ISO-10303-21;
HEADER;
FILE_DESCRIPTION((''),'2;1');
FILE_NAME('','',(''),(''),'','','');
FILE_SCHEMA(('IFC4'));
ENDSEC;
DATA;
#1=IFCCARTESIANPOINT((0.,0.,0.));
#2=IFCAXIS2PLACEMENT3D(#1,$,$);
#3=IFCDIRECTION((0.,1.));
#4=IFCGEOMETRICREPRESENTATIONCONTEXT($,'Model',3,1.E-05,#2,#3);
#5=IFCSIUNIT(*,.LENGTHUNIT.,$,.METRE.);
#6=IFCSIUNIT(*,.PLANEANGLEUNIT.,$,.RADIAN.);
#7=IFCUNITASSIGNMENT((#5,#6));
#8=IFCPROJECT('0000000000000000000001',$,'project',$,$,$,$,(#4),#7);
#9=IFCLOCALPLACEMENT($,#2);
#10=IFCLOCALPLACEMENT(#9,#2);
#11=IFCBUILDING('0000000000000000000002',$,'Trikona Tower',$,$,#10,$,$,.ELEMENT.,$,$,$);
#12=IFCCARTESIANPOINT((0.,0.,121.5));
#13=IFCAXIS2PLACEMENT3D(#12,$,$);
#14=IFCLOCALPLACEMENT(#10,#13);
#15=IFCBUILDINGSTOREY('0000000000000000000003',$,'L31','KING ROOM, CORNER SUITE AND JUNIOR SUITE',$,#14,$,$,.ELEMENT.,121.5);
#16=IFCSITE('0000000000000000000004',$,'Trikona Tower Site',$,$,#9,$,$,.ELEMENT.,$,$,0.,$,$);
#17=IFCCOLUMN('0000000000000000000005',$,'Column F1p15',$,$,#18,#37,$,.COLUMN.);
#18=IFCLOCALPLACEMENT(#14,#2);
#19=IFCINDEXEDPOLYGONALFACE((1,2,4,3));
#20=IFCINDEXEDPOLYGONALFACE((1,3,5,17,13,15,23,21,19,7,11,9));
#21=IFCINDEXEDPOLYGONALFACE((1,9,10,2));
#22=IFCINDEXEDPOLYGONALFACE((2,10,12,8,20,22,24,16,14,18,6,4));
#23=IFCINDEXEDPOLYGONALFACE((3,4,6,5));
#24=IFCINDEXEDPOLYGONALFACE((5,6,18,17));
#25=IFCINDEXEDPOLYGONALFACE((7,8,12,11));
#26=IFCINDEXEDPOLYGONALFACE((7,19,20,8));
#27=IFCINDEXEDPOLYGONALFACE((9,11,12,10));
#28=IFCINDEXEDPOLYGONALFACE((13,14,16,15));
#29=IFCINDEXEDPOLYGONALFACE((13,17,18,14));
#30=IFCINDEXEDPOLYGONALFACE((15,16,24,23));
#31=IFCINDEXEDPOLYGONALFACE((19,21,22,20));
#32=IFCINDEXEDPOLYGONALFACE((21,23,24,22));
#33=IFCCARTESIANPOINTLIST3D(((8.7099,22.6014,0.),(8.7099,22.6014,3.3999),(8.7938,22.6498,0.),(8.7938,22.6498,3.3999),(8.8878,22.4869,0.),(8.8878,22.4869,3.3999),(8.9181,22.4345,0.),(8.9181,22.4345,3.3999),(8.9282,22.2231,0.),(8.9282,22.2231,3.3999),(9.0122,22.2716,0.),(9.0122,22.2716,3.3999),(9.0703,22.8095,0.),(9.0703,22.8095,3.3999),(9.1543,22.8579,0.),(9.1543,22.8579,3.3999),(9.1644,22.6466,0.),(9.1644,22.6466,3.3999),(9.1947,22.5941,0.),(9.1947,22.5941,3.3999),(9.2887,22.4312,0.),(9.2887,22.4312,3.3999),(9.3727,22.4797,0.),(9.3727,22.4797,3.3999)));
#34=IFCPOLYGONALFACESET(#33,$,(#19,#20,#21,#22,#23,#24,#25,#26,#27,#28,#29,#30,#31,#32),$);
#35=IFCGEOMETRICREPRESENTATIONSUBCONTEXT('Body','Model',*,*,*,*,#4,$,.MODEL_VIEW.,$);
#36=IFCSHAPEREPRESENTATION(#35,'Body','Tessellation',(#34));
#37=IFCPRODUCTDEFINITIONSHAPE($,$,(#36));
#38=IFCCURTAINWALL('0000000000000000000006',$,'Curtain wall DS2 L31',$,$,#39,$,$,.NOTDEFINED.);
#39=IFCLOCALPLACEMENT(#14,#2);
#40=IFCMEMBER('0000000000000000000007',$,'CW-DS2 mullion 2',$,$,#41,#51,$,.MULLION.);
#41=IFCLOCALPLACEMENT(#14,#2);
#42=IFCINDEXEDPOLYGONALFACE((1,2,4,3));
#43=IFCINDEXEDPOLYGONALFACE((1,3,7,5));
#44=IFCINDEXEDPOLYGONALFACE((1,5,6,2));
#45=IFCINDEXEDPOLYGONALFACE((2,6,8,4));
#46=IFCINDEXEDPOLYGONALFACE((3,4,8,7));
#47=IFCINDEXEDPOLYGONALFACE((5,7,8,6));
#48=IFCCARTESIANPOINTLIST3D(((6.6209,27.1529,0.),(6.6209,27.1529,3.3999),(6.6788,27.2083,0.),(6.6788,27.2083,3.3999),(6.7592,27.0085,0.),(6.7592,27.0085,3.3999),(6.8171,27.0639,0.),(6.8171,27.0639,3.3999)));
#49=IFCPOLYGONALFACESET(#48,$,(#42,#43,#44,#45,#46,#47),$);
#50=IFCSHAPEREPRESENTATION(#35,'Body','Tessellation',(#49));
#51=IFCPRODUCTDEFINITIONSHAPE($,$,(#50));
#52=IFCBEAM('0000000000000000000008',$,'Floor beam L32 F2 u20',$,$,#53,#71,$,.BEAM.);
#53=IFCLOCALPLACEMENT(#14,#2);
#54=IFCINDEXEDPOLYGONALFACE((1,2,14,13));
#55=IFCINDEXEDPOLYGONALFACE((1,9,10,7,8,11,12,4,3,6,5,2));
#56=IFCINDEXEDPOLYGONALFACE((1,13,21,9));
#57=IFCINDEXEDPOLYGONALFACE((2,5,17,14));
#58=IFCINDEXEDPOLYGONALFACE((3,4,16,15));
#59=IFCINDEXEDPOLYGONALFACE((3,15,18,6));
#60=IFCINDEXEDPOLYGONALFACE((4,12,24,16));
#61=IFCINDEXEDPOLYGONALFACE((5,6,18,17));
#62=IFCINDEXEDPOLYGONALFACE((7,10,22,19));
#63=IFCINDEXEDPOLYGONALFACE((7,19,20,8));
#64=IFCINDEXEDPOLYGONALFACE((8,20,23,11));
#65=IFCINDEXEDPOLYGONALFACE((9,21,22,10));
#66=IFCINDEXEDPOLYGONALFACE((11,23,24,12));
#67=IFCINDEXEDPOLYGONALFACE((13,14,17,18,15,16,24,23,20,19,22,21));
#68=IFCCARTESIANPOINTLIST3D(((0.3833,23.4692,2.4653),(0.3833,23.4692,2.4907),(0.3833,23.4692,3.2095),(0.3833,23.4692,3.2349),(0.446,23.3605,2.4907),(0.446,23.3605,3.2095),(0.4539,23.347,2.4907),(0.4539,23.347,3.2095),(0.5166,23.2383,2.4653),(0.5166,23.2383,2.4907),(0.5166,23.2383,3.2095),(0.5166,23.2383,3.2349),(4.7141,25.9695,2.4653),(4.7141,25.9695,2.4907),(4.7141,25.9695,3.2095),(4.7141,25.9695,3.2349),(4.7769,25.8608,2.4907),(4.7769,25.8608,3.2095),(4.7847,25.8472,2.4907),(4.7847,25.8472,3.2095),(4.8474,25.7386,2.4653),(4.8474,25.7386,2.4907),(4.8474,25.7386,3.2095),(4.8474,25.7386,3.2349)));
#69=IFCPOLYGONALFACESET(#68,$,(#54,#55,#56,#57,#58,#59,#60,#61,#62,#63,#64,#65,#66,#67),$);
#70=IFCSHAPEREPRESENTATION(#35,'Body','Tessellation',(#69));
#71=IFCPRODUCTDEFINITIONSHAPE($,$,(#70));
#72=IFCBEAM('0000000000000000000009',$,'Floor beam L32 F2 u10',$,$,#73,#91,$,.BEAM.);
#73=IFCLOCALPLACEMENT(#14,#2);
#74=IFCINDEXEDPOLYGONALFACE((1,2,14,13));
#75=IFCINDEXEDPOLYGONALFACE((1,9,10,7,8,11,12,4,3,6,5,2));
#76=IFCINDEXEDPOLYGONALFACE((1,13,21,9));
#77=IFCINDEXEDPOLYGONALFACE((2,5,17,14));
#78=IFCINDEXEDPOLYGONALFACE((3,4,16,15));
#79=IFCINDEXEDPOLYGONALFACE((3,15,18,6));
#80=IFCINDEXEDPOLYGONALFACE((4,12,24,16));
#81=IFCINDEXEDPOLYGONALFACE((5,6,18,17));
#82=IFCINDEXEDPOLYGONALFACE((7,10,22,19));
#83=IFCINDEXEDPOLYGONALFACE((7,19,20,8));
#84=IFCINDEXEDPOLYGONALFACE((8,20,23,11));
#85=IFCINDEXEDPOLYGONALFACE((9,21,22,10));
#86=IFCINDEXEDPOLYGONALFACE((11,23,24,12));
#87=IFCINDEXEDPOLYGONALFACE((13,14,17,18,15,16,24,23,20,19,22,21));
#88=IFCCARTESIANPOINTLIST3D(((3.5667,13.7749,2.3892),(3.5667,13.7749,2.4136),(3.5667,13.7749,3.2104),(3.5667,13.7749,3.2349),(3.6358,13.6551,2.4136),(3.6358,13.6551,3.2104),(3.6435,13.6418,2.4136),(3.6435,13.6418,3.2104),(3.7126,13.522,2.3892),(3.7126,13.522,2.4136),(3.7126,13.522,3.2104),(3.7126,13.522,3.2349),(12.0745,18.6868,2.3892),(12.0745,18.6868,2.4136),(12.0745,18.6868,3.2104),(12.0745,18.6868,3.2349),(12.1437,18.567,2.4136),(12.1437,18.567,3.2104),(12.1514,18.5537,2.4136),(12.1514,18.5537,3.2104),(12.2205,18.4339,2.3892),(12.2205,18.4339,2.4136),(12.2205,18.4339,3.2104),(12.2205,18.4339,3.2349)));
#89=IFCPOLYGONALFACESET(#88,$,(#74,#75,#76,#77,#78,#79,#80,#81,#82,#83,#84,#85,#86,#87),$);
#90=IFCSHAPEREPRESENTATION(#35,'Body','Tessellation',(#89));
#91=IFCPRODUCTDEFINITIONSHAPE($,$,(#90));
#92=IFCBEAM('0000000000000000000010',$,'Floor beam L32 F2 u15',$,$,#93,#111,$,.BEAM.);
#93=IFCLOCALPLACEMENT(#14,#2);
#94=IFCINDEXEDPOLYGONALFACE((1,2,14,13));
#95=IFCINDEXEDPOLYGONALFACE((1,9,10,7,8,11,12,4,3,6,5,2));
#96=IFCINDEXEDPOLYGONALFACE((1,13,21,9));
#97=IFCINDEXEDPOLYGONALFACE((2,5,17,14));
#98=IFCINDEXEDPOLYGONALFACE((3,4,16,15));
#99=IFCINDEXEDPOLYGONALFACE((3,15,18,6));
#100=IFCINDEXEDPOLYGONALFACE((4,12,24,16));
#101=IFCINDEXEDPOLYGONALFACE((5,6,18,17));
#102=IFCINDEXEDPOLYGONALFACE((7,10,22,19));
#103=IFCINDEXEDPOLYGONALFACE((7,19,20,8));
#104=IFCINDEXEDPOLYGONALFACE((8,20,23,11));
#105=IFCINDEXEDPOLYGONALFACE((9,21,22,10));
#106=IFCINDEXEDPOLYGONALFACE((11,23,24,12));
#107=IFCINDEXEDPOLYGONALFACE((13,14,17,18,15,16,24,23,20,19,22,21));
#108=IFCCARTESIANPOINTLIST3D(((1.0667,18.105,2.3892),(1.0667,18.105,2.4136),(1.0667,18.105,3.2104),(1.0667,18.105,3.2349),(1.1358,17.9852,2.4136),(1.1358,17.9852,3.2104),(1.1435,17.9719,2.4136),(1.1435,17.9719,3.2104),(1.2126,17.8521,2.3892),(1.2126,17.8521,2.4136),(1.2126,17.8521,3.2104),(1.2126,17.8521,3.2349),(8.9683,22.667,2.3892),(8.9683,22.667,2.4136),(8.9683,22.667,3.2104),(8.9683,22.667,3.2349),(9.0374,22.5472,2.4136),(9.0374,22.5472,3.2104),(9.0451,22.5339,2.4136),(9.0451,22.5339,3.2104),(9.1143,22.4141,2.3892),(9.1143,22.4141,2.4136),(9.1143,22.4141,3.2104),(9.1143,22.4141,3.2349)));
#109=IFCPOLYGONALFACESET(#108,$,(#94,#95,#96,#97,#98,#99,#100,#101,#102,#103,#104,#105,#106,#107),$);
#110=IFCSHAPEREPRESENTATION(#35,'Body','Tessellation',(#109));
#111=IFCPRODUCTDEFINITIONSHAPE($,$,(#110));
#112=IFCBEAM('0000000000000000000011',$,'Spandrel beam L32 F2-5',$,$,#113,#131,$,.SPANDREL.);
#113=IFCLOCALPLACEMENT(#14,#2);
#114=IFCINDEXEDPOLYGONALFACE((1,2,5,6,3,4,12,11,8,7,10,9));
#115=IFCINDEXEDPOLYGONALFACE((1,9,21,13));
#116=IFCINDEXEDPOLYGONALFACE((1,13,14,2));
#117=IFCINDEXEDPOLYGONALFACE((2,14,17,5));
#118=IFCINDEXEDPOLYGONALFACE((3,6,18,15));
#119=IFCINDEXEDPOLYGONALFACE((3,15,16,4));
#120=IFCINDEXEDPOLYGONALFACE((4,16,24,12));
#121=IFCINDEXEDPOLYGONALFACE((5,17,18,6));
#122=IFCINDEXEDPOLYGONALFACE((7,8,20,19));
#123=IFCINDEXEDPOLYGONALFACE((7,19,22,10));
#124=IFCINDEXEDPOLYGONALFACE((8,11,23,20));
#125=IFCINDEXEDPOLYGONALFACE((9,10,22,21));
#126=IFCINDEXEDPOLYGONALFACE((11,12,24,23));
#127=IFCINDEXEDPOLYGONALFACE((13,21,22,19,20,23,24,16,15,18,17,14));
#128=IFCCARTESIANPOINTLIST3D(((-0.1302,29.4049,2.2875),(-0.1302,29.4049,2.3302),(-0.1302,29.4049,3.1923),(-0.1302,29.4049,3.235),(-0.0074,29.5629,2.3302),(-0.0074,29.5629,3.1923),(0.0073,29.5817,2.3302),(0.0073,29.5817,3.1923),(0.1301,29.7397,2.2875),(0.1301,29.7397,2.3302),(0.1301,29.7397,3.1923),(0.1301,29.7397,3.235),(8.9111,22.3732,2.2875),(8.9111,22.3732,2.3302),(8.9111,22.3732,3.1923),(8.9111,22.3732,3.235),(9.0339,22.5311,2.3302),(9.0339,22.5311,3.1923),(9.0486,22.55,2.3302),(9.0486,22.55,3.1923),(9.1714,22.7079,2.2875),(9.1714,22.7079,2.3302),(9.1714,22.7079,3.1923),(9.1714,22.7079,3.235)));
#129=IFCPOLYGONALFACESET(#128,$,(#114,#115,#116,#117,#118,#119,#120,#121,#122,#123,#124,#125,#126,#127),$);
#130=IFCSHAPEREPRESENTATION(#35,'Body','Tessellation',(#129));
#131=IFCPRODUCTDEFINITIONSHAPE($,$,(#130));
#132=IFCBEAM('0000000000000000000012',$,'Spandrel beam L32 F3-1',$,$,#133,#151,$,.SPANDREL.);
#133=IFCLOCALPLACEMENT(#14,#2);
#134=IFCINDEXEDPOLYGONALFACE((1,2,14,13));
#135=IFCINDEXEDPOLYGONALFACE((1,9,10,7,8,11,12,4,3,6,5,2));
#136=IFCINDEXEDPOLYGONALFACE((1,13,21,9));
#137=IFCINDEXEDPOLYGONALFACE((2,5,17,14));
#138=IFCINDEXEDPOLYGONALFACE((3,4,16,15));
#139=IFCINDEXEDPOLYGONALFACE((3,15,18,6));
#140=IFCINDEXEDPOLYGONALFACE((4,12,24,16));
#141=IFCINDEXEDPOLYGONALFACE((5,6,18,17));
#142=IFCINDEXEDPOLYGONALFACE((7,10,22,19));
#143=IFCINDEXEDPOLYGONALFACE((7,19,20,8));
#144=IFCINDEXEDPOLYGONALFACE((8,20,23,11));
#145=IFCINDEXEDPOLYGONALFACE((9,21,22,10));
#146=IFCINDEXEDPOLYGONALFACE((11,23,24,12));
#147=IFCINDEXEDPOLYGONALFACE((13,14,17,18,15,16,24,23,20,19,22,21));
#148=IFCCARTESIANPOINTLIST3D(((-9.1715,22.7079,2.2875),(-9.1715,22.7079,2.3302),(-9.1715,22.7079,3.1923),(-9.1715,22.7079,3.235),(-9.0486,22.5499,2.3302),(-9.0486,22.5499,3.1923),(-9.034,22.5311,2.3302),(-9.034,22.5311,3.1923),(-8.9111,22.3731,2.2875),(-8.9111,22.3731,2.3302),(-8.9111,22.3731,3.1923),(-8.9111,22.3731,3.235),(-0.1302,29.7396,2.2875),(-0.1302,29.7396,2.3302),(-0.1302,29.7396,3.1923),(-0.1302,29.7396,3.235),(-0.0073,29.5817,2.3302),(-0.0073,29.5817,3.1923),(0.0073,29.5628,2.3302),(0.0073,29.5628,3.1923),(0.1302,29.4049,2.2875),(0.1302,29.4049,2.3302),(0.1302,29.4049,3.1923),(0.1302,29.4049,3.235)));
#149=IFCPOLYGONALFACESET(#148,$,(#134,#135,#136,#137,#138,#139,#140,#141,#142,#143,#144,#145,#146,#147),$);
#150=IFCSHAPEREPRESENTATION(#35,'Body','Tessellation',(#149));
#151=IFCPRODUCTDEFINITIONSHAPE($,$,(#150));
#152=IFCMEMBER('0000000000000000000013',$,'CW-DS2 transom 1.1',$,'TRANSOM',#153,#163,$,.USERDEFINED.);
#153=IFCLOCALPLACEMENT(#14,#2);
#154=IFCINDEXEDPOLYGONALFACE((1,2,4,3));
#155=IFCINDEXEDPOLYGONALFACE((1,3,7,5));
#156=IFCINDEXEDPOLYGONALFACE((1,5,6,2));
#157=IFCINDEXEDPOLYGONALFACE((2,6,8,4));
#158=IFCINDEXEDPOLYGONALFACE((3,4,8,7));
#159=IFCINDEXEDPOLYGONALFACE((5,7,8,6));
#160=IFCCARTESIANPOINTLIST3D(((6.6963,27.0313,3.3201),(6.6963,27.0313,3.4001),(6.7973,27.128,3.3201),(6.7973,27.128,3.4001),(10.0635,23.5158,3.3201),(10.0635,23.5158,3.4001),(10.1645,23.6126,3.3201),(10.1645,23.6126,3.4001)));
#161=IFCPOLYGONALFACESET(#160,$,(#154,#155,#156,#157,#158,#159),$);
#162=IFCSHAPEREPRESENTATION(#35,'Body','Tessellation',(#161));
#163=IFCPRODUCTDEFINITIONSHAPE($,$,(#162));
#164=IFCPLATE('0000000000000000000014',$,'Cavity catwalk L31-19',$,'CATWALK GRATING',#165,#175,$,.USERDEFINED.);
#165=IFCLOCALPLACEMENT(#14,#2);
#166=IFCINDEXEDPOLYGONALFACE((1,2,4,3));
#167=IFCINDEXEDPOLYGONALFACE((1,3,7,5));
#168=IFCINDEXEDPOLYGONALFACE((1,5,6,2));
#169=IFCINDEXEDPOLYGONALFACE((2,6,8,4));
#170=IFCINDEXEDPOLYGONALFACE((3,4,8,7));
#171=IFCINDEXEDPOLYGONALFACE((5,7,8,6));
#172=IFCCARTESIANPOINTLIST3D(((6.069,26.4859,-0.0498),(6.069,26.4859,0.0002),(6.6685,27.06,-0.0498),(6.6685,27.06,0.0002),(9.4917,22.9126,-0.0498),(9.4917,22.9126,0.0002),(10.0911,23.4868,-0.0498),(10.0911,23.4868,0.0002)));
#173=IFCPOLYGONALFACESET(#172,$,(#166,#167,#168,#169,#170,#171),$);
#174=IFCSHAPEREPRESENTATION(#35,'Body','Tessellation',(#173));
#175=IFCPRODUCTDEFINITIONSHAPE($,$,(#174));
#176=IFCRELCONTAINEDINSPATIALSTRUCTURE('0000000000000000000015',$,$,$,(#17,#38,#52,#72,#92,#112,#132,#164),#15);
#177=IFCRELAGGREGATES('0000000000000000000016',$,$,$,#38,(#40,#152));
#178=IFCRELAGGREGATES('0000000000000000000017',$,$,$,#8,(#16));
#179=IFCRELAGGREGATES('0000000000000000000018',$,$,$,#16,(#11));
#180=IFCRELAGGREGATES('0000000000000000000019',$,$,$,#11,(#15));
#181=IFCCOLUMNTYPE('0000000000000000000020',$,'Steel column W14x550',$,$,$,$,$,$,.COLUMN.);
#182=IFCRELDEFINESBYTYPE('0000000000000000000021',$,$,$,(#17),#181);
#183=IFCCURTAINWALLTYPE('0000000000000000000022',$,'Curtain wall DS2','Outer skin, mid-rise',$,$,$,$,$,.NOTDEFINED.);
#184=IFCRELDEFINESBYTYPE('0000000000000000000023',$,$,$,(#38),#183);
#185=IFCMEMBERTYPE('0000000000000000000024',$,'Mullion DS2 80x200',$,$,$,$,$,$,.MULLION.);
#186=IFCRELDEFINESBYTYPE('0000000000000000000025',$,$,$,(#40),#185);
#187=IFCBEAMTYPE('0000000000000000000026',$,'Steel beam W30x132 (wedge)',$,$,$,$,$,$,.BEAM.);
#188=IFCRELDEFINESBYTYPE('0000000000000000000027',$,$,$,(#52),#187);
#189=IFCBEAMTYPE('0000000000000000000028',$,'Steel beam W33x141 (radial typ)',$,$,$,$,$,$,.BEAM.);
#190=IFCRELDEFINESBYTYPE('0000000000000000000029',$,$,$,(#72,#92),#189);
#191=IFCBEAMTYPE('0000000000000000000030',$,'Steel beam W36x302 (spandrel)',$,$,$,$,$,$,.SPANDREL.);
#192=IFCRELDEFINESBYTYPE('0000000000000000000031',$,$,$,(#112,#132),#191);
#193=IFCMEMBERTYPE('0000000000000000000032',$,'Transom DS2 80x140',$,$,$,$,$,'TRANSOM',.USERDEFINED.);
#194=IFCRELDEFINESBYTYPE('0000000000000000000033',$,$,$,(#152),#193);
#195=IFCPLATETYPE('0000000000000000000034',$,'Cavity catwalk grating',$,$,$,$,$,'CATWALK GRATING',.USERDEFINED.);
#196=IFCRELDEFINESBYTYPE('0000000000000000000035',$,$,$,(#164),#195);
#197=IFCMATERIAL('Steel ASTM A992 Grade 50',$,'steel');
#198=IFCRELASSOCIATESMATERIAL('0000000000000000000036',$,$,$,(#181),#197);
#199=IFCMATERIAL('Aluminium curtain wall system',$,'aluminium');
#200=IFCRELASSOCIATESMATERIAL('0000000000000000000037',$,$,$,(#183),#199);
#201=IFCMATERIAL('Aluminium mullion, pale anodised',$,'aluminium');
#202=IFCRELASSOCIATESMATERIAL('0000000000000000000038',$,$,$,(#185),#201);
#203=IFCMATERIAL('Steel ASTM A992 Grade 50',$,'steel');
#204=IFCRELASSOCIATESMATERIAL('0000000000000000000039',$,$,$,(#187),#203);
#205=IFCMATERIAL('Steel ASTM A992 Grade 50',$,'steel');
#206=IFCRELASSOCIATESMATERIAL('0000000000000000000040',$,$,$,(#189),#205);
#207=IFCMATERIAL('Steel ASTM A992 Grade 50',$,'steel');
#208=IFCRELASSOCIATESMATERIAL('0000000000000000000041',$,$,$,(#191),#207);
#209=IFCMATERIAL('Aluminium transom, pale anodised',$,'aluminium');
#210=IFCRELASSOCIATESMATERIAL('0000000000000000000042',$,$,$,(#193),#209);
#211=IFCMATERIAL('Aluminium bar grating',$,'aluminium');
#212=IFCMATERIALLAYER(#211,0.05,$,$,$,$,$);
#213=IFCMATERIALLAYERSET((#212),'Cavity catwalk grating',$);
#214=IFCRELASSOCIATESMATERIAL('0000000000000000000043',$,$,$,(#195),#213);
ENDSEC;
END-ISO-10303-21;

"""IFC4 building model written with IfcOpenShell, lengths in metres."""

from ifc_helpers import new_model, si_unit, direction, frame, origin, origin_2d, place, context, subcontext, project, spatial, rectangle, i_section, extrude, material, layer, layer_set, material_profile, profile_set, type_object, element, aggregate, save


model = new_model("IFC4")

# Units and contexts
model_context = context("Model", 3, precision=1e-05, world=origin(), true_north=direction((0.0, 1.0)))
body_context = subcontext(model_context, "Body", "Model", "MODEL_VIEW")
ifc_project = project(units=[si_unit("LENGTHUNIT", "METRE"), si_unit("PLANEANGLEUNIT", "RADIAN")], contexts=[model_context])

# Site, building, storey
site_placement = place(None, origin())
site = spatial("IfcSite", under=ifc_project, at=site_placement, Name="Trikona Tower Site", CompositionType="ELEMENT", RefElevation=0.0)
building_placement = place(site_placement, origin())
building = spatial("IfcBuilding", under=site, at=building_placement, Name="Trikona Tower", CompositionType="ELEMENT")
storey_placement = place(building_placement, frame((0.0, 0.0, 121.5)))
storey = spatial("IfcBuildingStorey", under=building, at=storey_placement, Name="L31", Description="KING ROOM, CORNER SUITE AND JUNIOR SUITE", CompositionType="ELEMENT", Elevation=121.5)

# Column
ifc_material_1 = material(Name="Steel ASTM A992 Grade 50", Category="steel")
ifc_material_profile_1 = material_profile(ifc_material_1, i_section(OverallWidth=0.4368, OverallDepth=0.5132, WebThickness=0.0605, FlangeThickness=0.0969, at=origin_2d()), Name="W14X550")
ifc_profile_set_1 = profile_set([ifc_material_profile_1], Name="Steel ASTM A992 Grade 50")
column_type = type_object("IfcColumnType", Name="Steel column W14x550", PredefinedType="COLUMN", material=ifc_profile_set_1)
column_placement = place(storey_placement, frame((9.0413, 22.5405, 0.0), z_axis=(0.0, 0.0, 1.0), x_axis=(-0.5, 0.866025, 0.0)))
element("IfcColumn", 1, at=column_placement, inside=storey, type_object=column_type, Name="Column F1p15", PredefinedType="COLUMN", context=body_context, shape_type="SweptSolid", body=[
    extrude(i_section(OverallWidth=0.4368, OverallDepth=0.5132, WebThickness=0.0605, FlangeThickness=0.0969, at=origin_2d()), origin(), (0.0, 0.0, 1.0), 3.3999),
])

# Curtain wall, member
ifc_material_2 = material(Name="Aluminium curtain wall system", Category="aluminium")
curtain_wall_type = type_object("IfcCurtainWallType", Name="Curtain wall DS2", Description="Outer skin, mid-rise", PredefinedType="NOTDEFINED", material=ifc_material_2)
curtain_wall_placement = place(storey_placement, origin())
curtain_wall = element("IfcCurtainWall", 2, at=curtain_wall_placement, inside=storey, type_object=curtain_wall_type, Name="Curtain wall DS2 L31", PredefinedType="NOTDEFINED")
ifc_material_3 = material(Name="Aluminium mullion, pale anodised", Category="aluminium")
ifc_material_profile_2 = material_profile(ifc_material_3, rectangle(XDim=0.0801, YDim=0.2, at=origin_2d()), Name="MUL-DS2")
ifc_profile_set_2 = profile_set([ifc_material_profile_2], Name="Aluminium mullion, pale anodised")
member_type_1 = type_object("IfcMemberType", Name="Mullion DS2 80x200", PredefinedType="MULLION", material=ifc_profile_set_2)
member_1_placement = place(storey_placement, frame((6.719, 27.1084, 0.0), z_axis=(0.0, 0.0, 1.0), x_axis=(-0.722158, -0.691728, 0.0)))
member_1 = element("IfcMember", 3, at=member_1_placement, type_object=member_type_1, Name="CW-DS2 mullion 2", PredefinedType="MULLION", context=body_context, shape_type="SweptSolid", body=[
    extrude(rectangle(XDim=0.0801, YDim=0.2, at=origin_2d()), origin(), (0.0, 0.0, 1.0), 3.3999),
])

# Beams
ifc_material_4 = material(Name="Steel ASTM A992 Grade 50", Category="steel")
ifc_material_profile_3 = material_profile(ifc_material_4, i_section(OverallWidth=0.2666, OverallDepth=0.7695, WebThickness=0.0156, FlangeThickness=0.0254, at=origin_2d()), Name="W30X132")
ifc_profile_set_3 = profile_set([ifc_material_profile_3], Name="Steel ASTM A992 Grade 50")
beam_type_1 = type_object("IfcBeamType", Name="Steel beam W30x132 (wedge)", PredefinedType="BEAM", material=ifc_profile_set_3)
beam_1_placement = place(storey_placement, frame((0.45, 23.3538, 2.8501), z_axis=(0.866038, 0.499977, 0.0), x_axis=(-0.499977, 0.866038, 0.0)))
element("IfcBeam", 4, at=beam_1_placement, inside=storey, type_object=beam_type_1, Name="Floor beam L32 F2 u20", PredefinedType="BEAM", context=body_context, shape_type="SweptSolid", body=[
    extrude(i_section(OverallWidth=0.2666, OverallDepth=0.7695, WebThickness=0.0156, FlangeThickness=0.0254, at=origin_2d()), origin(), (0.0, 0.0, 1.0), 5.0007),
])
ifc_material_5 = material(Name="Steel ASTM A992 Grade 50", Category="steel")
ifc_material_profile_4 = material_profile(ifc_material_5, i_section(OverallWidth=0.292, OverallDepth=0.8457, WebThickness=0.0154, FlangeThickness=0.0244, at=origin_2d()), Name="W33X141")
ifc_profile_set_4 = profile_set([ifc_material_profile_4], Name="Steel ASTM A992 Grade 50")
beam_type_2 = type_object("IfcBeamType", Name="Steel beam W33x141 (radial typ)", PredefinedType="BEAM", material=ifc_profile_set_4)
beam_2_placement = place(storey_placement, frame((3.6396, 13.6484, 2.812), z_axis=(0.866031, 0.499991, 0.0), x_axis=(-0.499991, 0.866031, 0.0)))
element("IfcBeam", 5, at=beam_2_placement, inside=storey, type_object=beam_type_2, Name="Floor beam L32 F2 u10", PredefinedType="BEAM", context=body_context, shape_type="SweptSolid", body=[
    extrude(i_section(OverallWidth=0.292, OverallDepth=0.8457, WebThickness=0.0154, FlangeThickness=0.0244, at=origin_2d()), origin(), (0.0, 0.0, 1.0), 9.824),
])
beam_3_placement = place(storey_placement, frame((1.1396, 17.9785, 2.812), z_axis=(0.866025, 0.500001, 0.0), x_axis=(-0.500001, 0.866025, 0.0)))
element("IfcBeam", 6, at=beam_3_placement, inside=storey, type_object=beam_type_2, Name="Floor beam L32 F2 u15", PredefinedType="BEAM", context=body_context, shape_type="SweptSolid", body=[
    extrude(i_section(OverallWidth=0.292, OverallDepth=0.8457, WebThickness=0.0154, FlangeThickness=0.0244, at=origin_2d()), origin(), (0.0, 0.0, 1.0), 9.124),
])
ifc_material_6 = material(Name="Steel ASTM A992 Grade 50", Category="steel")
ifc_material_profile_5 = material_profile(ifc_material_6, i_section(OverallWidth=0.4241, OverallDepth=0.9475, WebThickness=0.0239, FlangeThickness=0.0427, at=origin_2d()), Name="W36X302")
ifc_profile_set_5 = profile_set([ifc_material_profile_5], Name="Steel ASTM A992 Grade 50")
beam_type_3 = type_object("IfcBeamType", Name="Steel beam W36x302 (spandrel)", PredefinedType="SPANDREL", material=ifc_profile_set_5)
for number, where, z_axis, x_axis, name in (
    (7, (9.0413, 22.5405, 2.7612), (-0.789367, 0.613921, 0.0), (-0.613921, -0.789367, 0.0), "Spandrel beam L32 F2-5"),
    (8, (0.0, 29.5723, 2.7612), (-0.789367, -0.613921, 0.0), (0.613921, -0.789367, 0.0), "Spandrel beam L32 F3-1"),
):
    element("IfcBeam", number, at=place(storey_placement, frame(where, z_axis=z_axis, x_axis=x_axis)), inside=storey, type_object=beam_type_3, Name=name, PredefinedType="SPANDREL", context=body_context, shape_type="SweptSolid", body=[
        extrude(i_section(OverallWidth=0.4241, OverallDepth=0.9475, WebThickness=0.0239, FlangeThickness=0.0427, at=origin_2d()), origin(), (0.0, 0.0, 1.0), 11.4539),
    ])

# Member
ifc_material_7 = material(Name="Aluminium transom, pale anodised", Category="aluminium")
ifc_material_profile_6 = material_profile(ifc_material_7, rectangle(XDim=0.1399, YDim=0.0801, at=origin_2d()), Name="TRN-DS2")
ifc_profile_set_6 = profile_set([ifc_material_profile_6], Name="Aluminium transom, pale anodised")
member_type_2 = type_object("IfcMemberType", Name="Transom DS2 80x140", ElementType="TRANSOM", PredefinedType="USERDEFINED", material=ifc_profile_set_6)
member_2_placement = place(storey_placement, frame((10.114, 23.5642, 3.3601), z_axis=(-0.691721, 0.722165, 0.0), x_axis=(-0.722165, -0.691721, 0.0)))
member_2 = element("IfcMember", 9, at=member_2_placement, type_object=member_type_2, Name="CW-DS2 transom 1.1", ObjectType="TRANSOM", PredefinedType="USERDEFINED", context=body_context, shape_type="SweptSolid", body=[
    extrude(rectangle(XDim=0.1399, YDim=0.0801, at=origin_2d()), origin(), (0.0, 0.0, 1.0), 4.8679),
])

# Plate
ifc_material_8 = material(Name="Aluminium bar grating", Category="aluminium")
ifc_layer_1 = layer(ifc_material_8, 0.05)
ifc_layer_set_1 = layer_set([ifc_layer_1], Name="Cavity catwalk grating")
plate_type_1 = type_object("IfcPlateType", Name="Cavity catwalk grating", ElementType="CATWALK GRATING", PredefinedType="USERDEFINED", material=ifc_layer_set_1)
plate_1_placement = place(storey_placement, frame((8.0801, 24.9863, -0.0498), z_axis=(0.0, 0.0, 1.0), x_axis=(-0.691724, 0.722162, 0.0)))
element("IfcPlate", 10, at=plate_1_placement, inside=storey, type_object=plate_type_1, Name="Cavity catwalk L31-19", ObjectType="CATWALK GRATING", PredefinedType="USERDEFINED", context=body_context, shape_type="SweptSolid", body=[
    extrude(rectangle(XDim=4.948, YDim=0.8301, at=origin_2d()), origin(), (0.0, 0.0, 1.0), 0.05),
])
aggregate(curtain_wall, [member_1, member_2])

save(model, "model.ifc")
